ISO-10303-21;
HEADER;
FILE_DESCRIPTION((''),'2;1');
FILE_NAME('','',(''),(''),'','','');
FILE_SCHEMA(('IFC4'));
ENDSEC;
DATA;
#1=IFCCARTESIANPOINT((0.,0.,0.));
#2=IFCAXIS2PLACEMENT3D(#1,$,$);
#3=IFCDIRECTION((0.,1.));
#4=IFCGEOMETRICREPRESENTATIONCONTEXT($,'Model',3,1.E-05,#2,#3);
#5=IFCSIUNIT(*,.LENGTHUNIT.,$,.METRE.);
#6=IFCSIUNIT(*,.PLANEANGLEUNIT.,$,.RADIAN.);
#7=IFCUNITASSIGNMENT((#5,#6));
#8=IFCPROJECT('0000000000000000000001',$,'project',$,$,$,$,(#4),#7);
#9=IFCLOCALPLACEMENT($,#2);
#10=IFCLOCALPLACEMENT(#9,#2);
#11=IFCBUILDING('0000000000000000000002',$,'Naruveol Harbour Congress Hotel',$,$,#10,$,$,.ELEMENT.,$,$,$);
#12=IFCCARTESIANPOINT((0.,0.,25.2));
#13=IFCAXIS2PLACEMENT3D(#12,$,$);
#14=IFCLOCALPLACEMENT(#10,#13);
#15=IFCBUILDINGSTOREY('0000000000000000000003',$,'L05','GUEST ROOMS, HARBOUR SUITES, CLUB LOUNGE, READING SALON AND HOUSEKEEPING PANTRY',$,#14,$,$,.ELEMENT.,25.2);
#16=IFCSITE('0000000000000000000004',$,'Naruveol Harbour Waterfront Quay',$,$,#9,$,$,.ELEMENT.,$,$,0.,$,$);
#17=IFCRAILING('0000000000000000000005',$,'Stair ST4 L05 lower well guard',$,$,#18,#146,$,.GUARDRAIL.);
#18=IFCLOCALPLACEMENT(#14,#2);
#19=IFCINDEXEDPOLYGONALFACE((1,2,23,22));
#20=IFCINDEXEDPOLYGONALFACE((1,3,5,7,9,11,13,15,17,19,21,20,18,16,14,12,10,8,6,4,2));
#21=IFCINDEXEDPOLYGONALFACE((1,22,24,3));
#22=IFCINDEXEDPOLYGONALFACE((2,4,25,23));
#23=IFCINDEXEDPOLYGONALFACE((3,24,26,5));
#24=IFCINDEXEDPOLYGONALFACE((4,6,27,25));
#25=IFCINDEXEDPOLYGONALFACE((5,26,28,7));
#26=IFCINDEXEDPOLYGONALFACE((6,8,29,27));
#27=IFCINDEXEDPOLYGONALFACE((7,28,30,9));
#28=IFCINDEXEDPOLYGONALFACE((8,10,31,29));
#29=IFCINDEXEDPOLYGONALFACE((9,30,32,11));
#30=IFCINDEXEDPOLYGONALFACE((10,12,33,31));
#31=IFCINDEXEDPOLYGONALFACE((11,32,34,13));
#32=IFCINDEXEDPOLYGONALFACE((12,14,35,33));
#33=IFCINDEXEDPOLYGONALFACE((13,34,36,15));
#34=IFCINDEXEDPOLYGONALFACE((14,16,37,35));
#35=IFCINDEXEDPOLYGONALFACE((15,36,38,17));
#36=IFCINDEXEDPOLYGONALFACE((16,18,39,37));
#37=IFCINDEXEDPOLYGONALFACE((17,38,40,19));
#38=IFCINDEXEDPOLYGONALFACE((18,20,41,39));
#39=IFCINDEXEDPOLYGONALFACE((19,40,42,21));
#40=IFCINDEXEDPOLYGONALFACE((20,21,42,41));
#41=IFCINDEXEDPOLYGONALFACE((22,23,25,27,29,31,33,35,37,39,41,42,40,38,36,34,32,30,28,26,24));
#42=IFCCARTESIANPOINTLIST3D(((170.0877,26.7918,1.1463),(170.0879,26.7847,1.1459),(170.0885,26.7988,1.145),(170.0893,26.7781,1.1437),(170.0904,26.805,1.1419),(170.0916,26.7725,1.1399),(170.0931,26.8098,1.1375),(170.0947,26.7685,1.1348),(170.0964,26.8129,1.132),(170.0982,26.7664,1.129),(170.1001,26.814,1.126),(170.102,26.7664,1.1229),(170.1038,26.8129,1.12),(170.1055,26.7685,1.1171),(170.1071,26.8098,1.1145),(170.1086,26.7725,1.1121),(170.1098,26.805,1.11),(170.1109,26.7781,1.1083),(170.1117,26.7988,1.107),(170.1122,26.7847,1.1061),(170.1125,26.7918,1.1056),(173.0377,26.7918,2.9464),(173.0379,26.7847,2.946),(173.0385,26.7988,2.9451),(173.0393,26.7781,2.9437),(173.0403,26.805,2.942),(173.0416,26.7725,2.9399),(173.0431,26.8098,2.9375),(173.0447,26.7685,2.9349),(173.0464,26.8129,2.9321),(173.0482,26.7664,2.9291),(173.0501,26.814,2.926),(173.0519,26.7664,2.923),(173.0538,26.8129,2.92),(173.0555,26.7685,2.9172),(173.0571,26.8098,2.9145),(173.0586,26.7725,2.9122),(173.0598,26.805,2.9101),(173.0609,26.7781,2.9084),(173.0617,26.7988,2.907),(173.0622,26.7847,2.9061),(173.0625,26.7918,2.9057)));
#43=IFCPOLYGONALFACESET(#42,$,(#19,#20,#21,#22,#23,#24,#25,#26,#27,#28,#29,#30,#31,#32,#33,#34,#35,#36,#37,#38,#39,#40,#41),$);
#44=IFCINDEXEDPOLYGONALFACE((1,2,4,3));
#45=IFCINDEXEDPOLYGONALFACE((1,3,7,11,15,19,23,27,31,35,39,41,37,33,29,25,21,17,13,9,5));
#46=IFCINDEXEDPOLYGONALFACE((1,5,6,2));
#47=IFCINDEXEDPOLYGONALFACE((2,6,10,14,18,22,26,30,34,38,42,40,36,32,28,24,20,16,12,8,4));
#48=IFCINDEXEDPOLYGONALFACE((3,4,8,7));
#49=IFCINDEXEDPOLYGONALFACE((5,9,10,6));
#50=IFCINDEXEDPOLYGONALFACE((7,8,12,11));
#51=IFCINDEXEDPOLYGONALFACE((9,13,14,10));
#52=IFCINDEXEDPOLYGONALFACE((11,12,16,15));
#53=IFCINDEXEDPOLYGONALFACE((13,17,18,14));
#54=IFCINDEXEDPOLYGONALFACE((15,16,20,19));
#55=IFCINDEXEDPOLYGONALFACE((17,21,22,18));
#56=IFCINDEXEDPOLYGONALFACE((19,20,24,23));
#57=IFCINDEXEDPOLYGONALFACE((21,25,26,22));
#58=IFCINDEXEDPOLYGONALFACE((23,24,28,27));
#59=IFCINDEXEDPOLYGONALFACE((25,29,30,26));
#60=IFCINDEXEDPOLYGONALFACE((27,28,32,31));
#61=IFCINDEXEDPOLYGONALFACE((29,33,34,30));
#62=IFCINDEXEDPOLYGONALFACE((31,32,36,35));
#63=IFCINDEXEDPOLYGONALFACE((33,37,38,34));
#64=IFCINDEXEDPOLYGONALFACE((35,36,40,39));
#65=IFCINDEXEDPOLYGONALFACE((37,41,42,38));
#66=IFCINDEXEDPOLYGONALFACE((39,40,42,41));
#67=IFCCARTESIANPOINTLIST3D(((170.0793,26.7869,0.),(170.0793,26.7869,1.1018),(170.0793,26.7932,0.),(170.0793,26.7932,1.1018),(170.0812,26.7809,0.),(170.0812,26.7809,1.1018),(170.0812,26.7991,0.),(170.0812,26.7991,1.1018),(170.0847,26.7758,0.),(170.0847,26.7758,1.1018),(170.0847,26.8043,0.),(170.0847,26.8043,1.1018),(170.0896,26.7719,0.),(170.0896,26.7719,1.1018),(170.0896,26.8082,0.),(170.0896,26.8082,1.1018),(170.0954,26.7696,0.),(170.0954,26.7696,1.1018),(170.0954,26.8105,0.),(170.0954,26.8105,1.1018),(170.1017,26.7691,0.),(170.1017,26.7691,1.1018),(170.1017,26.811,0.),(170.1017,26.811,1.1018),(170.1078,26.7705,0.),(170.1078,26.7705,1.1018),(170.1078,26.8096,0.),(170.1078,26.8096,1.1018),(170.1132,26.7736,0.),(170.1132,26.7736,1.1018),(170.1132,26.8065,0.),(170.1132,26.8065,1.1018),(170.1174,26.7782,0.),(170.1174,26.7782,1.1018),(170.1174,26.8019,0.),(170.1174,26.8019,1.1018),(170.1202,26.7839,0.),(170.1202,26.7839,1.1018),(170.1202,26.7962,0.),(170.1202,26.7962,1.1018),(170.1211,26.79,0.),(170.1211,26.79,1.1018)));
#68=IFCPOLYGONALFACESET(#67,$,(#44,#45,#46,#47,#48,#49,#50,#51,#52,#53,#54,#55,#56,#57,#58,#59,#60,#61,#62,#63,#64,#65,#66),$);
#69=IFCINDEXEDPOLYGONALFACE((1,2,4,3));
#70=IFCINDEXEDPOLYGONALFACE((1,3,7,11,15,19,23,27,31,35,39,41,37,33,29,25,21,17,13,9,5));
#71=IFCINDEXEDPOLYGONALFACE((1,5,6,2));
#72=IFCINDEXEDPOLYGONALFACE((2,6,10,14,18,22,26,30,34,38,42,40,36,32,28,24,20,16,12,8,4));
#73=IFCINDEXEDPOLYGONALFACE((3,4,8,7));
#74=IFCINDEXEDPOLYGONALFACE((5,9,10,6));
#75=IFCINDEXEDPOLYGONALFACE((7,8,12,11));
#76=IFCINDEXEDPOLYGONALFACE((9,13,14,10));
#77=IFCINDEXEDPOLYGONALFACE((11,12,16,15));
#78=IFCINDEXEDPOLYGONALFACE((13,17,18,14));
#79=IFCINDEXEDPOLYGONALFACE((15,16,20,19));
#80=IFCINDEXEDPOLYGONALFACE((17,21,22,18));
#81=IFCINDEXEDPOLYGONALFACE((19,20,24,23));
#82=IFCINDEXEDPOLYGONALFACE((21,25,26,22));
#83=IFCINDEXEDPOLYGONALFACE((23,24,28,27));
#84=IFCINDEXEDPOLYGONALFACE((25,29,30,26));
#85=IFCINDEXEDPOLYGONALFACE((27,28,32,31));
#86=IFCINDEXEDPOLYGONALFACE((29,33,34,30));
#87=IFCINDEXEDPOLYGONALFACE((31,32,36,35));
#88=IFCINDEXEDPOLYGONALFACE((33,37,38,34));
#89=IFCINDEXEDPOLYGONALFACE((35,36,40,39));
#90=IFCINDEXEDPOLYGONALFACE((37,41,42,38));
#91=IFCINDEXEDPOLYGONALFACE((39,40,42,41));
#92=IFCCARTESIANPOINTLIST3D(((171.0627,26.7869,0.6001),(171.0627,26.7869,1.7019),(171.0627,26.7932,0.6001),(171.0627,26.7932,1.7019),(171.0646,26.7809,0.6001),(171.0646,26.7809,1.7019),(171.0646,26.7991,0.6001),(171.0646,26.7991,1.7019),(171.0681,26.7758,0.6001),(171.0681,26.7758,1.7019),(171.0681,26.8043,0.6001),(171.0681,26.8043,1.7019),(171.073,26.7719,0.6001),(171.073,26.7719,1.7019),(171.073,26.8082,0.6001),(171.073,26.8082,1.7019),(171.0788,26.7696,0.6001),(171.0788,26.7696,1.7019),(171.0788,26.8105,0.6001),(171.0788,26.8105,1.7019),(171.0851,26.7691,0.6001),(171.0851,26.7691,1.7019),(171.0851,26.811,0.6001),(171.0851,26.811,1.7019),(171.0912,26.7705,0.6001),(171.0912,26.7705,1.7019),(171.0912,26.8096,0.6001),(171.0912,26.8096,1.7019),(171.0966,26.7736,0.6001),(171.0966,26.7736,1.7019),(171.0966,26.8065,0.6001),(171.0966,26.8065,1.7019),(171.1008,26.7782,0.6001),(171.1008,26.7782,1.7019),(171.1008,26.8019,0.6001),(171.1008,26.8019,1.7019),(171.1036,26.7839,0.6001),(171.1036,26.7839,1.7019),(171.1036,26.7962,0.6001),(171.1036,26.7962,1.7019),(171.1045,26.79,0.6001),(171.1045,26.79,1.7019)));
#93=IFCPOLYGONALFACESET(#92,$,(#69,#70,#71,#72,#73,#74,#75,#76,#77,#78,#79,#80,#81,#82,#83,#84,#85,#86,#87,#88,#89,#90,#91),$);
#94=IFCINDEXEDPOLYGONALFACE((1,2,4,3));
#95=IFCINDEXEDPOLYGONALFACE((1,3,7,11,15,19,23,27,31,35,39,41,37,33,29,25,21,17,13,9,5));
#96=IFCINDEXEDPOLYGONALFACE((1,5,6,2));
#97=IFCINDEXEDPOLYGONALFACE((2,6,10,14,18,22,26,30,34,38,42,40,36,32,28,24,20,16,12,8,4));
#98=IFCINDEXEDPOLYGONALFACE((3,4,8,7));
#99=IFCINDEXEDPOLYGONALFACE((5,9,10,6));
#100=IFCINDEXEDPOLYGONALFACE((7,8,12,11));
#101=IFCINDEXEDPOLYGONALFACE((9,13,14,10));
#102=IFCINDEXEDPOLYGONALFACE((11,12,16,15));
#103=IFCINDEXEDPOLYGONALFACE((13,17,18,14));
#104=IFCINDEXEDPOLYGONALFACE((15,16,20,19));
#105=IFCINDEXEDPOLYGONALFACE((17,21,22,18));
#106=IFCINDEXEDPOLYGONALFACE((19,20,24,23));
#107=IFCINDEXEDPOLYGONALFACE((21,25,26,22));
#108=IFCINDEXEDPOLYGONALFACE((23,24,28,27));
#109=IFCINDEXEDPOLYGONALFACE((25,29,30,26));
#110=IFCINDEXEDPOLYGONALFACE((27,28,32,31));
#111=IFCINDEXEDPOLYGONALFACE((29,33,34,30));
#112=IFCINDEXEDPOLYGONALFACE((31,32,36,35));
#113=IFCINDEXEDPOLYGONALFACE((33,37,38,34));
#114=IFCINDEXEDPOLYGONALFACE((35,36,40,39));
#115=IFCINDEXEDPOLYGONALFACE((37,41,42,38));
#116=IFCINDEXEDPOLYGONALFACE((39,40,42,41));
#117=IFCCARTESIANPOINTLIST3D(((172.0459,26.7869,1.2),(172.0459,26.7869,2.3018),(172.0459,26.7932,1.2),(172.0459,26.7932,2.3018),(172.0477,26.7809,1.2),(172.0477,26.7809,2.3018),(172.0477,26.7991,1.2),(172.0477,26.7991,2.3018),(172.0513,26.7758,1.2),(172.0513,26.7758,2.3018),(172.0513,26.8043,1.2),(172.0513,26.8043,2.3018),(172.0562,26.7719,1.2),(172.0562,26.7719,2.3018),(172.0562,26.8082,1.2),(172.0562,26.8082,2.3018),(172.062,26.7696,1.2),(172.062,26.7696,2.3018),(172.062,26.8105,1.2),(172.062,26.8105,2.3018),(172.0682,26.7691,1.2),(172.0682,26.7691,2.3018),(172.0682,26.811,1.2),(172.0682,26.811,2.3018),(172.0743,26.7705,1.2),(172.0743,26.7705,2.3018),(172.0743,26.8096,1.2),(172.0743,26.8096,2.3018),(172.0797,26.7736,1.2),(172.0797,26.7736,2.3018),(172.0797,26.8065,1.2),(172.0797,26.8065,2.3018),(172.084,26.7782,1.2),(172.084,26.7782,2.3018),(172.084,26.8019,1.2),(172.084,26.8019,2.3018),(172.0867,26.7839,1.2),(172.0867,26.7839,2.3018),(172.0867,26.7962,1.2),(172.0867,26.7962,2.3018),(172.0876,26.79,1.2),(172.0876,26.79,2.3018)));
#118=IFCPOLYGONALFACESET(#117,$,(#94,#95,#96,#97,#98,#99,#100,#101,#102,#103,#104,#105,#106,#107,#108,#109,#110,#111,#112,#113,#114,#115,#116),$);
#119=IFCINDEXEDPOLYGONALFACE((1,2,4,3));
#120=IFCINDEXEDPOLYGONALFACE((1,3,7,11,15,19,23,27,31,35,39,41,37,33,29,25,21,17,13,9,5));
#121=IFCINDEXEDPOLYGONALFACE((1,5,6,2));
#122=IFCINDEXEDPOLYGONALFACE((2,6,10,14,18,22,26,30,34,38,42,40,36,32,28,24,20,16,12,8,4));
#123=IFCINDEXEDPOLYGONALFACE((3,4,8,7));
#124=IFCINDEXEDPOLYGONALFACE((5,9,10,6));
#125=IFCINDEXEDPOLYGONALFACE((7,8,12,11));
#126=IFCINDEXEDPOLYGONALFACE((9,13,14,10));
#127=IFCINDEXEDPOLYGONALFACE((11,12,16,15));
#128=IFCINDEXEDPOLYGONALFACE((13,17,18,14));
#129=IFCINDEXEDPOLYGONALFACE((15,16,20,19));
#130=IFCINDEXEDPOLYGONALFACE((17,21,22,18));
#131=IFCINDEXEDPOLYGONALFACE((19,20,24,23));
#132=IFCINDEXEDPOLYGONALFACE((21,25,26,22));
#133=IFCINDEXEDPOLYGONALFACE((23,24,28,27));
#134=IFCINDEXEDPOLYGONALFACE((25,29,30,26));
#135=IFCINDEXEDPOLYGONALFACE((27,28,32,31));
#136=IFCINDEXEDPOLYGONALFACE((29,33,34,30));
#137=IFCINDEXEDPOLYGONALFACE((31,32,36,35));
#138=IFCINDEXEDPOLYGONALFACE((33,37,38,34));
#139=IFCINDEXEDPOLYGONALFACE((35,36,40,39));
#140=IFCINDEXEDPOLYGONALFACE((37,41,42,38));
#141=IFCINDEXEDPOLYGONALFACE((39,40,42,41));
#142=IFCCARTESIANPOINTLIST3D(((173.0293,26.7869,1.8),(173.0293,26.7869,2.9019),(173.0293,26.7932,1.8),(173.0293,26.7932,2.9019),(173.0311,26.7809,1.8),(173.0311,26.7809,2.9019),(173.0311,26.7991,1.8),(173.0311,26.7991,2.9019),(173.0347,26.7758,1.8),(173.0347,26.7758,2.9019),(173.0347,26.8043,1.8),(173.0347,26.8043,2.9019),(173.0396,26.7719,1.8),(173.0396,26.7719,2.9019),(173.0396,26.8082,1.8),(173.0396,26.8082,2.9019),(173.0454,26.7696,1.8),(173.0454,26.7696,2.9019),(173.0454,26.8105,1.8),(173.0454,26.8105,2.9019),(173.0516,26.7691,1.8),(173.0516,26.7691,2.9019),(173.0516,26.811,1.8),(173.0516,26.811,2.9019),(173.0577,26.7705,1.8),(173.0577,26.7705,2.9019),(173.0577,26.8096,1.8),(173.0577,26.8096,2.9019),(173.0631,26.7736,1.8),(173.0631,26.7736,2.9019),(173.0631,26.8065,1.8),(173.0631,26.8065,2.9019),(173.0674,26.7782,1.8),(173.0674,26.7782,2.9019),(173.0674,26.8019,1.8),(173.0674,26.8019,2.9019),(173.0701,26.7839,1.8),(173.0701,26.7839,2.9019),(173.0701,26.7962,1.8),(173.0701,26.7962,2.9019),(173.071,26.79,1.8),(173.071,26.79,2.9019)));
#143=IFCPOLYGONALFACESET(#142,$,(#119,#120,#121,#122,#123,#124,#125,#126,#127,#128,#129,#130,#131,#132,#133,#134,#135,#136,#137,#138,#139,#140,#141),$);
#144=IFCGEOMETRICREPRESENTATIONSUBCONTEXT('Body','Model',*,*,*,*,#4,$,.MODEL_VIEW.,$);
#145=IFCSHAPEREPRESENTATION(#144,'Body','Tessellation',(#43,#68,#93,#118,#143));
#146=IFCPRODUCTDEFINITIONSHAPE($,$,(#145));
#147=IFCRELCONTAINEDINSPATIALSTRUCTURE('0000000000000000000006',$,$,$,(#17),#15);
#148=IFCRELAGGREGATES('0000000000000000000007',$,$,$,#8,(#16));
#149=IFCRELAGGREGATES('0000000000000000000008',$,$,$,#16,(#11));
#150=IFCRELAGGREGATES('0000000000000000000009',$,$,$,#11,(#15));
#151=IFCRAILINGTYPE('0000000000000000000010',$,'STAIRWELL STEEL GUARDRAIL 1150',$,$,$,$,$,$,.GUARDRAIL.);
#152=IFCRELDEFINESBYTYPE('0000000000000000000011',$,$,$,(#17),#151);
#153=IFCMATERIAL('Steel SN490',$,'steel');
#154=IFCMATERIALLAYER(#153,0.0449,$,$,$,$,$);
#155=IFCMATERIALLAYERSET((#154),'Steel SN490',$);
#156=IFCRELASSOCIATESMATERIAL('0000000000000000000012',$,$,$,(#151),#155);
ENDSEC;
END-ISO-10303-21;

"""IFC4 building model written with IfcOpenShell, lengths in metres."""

from ifc_helpers import new_model, si_unit, direction, frame, origin, origin_2d, place, context, subcontext, project, spatial, circle, extrude, material, layer, layer_set, type_object, element, save


model = new_model("IFC4")

# Units and contexts
model_context = context("Model", 3, precision=1e-05, world=origin(), true_north=direction((0.0, 1.0)))
body_context = subcontext(model_context, "Body", "Model", "MODEL_VIEW")
ifc_project = project(units=[si_unit("LENGTHUNIT", "METRE"), si_unit("PLANEANGLEUNIT", "RADIAN")], contexts=[model_context])

# Site, building, storey
site_placement = place(None, origin())
site = spatial("IfcSite", under=ifc_project, at=site_placement, Name="Naruveol Harbour Waterfront Quay", CompositionType="ELEMENT", RefElevation=0.0)
building_placement = place(site_placement, origin())
building = spatial("IfcBuilding", under=site, at=building_placement, Name="Naruveol Harbour Congress Hotel", CompositionType="ELEMENT")
storey_placement = place(building_placement, frame((0.0, 0.0, 25.2)))
storey = spatial("IfcBuildingStorey", under=building, at=storey_placement, Name="L05", Description="GUEST ROOMS, HARBOUR SUITES, CLUB LOUNGE, READING SALON AND HOUSEKEEPING PANTRY", CompositionType="ELEMENT", Elevation=25.2)

# Railing
ifc_material_1 = material(Name="Steel SN490", Category="steel")
ifc_layer_1 = layer(ifc_material_1, 0.0449)
ifc_layer_set_1 = layer_set([ifc_layer_1], Name="Steel SN490")
railing_type_1 = type_object("IfcRailingType", Name="STAIRWELL STEEL GUARDRAIL 1150", PredefinedType="GUARDRAIL", material=ifc_layer_set_1)
railing_1_placement = place(storey_placement, frame((170.1001, 26.79, 0.0)))
element("IfcRailing", 1, at=railing_1_placement, inside=storey, type_object=railing_type_1, Name="Stair ST4 L05 lower well guard", PredefinedType="GUARDRAIL", context=body_context, shape_type="SweptSolid", body=[
    extrude(circle(Radius=0.0239, at=origin_2d()), frame((0.0, 0.0, 1.126), z_axis=(0.853629, 0.0, 0.520881), x_axis=(0.0, 1.0, 0.0)), (0.0, 0.0, 1.0), 3.4558),
    extrude(circle(Radius=0.021, at=origin_2d()), origin(), (0.0, 0.0, 1.0), 1.1018),
    extrude(circle(Radius=0.021, at=origin_2d()), frame((0.9834, 0.0, 0.6001)), (0.0, 0.0, 1.0), 1.1018),
    extrude(circle(Radius=0.021, at=origin_2d()), frame((1.9666, 0.0, 1.2)), (0.0, 0.0, 1.0), 1.1018),
    extrude(circle(Radius=0.021, at=origin_2d()), frame((2.95, 0.0, 1.8)), (0.0, 0.0, 1.0), 1.1018),
])

save(model, "model.ifc")
